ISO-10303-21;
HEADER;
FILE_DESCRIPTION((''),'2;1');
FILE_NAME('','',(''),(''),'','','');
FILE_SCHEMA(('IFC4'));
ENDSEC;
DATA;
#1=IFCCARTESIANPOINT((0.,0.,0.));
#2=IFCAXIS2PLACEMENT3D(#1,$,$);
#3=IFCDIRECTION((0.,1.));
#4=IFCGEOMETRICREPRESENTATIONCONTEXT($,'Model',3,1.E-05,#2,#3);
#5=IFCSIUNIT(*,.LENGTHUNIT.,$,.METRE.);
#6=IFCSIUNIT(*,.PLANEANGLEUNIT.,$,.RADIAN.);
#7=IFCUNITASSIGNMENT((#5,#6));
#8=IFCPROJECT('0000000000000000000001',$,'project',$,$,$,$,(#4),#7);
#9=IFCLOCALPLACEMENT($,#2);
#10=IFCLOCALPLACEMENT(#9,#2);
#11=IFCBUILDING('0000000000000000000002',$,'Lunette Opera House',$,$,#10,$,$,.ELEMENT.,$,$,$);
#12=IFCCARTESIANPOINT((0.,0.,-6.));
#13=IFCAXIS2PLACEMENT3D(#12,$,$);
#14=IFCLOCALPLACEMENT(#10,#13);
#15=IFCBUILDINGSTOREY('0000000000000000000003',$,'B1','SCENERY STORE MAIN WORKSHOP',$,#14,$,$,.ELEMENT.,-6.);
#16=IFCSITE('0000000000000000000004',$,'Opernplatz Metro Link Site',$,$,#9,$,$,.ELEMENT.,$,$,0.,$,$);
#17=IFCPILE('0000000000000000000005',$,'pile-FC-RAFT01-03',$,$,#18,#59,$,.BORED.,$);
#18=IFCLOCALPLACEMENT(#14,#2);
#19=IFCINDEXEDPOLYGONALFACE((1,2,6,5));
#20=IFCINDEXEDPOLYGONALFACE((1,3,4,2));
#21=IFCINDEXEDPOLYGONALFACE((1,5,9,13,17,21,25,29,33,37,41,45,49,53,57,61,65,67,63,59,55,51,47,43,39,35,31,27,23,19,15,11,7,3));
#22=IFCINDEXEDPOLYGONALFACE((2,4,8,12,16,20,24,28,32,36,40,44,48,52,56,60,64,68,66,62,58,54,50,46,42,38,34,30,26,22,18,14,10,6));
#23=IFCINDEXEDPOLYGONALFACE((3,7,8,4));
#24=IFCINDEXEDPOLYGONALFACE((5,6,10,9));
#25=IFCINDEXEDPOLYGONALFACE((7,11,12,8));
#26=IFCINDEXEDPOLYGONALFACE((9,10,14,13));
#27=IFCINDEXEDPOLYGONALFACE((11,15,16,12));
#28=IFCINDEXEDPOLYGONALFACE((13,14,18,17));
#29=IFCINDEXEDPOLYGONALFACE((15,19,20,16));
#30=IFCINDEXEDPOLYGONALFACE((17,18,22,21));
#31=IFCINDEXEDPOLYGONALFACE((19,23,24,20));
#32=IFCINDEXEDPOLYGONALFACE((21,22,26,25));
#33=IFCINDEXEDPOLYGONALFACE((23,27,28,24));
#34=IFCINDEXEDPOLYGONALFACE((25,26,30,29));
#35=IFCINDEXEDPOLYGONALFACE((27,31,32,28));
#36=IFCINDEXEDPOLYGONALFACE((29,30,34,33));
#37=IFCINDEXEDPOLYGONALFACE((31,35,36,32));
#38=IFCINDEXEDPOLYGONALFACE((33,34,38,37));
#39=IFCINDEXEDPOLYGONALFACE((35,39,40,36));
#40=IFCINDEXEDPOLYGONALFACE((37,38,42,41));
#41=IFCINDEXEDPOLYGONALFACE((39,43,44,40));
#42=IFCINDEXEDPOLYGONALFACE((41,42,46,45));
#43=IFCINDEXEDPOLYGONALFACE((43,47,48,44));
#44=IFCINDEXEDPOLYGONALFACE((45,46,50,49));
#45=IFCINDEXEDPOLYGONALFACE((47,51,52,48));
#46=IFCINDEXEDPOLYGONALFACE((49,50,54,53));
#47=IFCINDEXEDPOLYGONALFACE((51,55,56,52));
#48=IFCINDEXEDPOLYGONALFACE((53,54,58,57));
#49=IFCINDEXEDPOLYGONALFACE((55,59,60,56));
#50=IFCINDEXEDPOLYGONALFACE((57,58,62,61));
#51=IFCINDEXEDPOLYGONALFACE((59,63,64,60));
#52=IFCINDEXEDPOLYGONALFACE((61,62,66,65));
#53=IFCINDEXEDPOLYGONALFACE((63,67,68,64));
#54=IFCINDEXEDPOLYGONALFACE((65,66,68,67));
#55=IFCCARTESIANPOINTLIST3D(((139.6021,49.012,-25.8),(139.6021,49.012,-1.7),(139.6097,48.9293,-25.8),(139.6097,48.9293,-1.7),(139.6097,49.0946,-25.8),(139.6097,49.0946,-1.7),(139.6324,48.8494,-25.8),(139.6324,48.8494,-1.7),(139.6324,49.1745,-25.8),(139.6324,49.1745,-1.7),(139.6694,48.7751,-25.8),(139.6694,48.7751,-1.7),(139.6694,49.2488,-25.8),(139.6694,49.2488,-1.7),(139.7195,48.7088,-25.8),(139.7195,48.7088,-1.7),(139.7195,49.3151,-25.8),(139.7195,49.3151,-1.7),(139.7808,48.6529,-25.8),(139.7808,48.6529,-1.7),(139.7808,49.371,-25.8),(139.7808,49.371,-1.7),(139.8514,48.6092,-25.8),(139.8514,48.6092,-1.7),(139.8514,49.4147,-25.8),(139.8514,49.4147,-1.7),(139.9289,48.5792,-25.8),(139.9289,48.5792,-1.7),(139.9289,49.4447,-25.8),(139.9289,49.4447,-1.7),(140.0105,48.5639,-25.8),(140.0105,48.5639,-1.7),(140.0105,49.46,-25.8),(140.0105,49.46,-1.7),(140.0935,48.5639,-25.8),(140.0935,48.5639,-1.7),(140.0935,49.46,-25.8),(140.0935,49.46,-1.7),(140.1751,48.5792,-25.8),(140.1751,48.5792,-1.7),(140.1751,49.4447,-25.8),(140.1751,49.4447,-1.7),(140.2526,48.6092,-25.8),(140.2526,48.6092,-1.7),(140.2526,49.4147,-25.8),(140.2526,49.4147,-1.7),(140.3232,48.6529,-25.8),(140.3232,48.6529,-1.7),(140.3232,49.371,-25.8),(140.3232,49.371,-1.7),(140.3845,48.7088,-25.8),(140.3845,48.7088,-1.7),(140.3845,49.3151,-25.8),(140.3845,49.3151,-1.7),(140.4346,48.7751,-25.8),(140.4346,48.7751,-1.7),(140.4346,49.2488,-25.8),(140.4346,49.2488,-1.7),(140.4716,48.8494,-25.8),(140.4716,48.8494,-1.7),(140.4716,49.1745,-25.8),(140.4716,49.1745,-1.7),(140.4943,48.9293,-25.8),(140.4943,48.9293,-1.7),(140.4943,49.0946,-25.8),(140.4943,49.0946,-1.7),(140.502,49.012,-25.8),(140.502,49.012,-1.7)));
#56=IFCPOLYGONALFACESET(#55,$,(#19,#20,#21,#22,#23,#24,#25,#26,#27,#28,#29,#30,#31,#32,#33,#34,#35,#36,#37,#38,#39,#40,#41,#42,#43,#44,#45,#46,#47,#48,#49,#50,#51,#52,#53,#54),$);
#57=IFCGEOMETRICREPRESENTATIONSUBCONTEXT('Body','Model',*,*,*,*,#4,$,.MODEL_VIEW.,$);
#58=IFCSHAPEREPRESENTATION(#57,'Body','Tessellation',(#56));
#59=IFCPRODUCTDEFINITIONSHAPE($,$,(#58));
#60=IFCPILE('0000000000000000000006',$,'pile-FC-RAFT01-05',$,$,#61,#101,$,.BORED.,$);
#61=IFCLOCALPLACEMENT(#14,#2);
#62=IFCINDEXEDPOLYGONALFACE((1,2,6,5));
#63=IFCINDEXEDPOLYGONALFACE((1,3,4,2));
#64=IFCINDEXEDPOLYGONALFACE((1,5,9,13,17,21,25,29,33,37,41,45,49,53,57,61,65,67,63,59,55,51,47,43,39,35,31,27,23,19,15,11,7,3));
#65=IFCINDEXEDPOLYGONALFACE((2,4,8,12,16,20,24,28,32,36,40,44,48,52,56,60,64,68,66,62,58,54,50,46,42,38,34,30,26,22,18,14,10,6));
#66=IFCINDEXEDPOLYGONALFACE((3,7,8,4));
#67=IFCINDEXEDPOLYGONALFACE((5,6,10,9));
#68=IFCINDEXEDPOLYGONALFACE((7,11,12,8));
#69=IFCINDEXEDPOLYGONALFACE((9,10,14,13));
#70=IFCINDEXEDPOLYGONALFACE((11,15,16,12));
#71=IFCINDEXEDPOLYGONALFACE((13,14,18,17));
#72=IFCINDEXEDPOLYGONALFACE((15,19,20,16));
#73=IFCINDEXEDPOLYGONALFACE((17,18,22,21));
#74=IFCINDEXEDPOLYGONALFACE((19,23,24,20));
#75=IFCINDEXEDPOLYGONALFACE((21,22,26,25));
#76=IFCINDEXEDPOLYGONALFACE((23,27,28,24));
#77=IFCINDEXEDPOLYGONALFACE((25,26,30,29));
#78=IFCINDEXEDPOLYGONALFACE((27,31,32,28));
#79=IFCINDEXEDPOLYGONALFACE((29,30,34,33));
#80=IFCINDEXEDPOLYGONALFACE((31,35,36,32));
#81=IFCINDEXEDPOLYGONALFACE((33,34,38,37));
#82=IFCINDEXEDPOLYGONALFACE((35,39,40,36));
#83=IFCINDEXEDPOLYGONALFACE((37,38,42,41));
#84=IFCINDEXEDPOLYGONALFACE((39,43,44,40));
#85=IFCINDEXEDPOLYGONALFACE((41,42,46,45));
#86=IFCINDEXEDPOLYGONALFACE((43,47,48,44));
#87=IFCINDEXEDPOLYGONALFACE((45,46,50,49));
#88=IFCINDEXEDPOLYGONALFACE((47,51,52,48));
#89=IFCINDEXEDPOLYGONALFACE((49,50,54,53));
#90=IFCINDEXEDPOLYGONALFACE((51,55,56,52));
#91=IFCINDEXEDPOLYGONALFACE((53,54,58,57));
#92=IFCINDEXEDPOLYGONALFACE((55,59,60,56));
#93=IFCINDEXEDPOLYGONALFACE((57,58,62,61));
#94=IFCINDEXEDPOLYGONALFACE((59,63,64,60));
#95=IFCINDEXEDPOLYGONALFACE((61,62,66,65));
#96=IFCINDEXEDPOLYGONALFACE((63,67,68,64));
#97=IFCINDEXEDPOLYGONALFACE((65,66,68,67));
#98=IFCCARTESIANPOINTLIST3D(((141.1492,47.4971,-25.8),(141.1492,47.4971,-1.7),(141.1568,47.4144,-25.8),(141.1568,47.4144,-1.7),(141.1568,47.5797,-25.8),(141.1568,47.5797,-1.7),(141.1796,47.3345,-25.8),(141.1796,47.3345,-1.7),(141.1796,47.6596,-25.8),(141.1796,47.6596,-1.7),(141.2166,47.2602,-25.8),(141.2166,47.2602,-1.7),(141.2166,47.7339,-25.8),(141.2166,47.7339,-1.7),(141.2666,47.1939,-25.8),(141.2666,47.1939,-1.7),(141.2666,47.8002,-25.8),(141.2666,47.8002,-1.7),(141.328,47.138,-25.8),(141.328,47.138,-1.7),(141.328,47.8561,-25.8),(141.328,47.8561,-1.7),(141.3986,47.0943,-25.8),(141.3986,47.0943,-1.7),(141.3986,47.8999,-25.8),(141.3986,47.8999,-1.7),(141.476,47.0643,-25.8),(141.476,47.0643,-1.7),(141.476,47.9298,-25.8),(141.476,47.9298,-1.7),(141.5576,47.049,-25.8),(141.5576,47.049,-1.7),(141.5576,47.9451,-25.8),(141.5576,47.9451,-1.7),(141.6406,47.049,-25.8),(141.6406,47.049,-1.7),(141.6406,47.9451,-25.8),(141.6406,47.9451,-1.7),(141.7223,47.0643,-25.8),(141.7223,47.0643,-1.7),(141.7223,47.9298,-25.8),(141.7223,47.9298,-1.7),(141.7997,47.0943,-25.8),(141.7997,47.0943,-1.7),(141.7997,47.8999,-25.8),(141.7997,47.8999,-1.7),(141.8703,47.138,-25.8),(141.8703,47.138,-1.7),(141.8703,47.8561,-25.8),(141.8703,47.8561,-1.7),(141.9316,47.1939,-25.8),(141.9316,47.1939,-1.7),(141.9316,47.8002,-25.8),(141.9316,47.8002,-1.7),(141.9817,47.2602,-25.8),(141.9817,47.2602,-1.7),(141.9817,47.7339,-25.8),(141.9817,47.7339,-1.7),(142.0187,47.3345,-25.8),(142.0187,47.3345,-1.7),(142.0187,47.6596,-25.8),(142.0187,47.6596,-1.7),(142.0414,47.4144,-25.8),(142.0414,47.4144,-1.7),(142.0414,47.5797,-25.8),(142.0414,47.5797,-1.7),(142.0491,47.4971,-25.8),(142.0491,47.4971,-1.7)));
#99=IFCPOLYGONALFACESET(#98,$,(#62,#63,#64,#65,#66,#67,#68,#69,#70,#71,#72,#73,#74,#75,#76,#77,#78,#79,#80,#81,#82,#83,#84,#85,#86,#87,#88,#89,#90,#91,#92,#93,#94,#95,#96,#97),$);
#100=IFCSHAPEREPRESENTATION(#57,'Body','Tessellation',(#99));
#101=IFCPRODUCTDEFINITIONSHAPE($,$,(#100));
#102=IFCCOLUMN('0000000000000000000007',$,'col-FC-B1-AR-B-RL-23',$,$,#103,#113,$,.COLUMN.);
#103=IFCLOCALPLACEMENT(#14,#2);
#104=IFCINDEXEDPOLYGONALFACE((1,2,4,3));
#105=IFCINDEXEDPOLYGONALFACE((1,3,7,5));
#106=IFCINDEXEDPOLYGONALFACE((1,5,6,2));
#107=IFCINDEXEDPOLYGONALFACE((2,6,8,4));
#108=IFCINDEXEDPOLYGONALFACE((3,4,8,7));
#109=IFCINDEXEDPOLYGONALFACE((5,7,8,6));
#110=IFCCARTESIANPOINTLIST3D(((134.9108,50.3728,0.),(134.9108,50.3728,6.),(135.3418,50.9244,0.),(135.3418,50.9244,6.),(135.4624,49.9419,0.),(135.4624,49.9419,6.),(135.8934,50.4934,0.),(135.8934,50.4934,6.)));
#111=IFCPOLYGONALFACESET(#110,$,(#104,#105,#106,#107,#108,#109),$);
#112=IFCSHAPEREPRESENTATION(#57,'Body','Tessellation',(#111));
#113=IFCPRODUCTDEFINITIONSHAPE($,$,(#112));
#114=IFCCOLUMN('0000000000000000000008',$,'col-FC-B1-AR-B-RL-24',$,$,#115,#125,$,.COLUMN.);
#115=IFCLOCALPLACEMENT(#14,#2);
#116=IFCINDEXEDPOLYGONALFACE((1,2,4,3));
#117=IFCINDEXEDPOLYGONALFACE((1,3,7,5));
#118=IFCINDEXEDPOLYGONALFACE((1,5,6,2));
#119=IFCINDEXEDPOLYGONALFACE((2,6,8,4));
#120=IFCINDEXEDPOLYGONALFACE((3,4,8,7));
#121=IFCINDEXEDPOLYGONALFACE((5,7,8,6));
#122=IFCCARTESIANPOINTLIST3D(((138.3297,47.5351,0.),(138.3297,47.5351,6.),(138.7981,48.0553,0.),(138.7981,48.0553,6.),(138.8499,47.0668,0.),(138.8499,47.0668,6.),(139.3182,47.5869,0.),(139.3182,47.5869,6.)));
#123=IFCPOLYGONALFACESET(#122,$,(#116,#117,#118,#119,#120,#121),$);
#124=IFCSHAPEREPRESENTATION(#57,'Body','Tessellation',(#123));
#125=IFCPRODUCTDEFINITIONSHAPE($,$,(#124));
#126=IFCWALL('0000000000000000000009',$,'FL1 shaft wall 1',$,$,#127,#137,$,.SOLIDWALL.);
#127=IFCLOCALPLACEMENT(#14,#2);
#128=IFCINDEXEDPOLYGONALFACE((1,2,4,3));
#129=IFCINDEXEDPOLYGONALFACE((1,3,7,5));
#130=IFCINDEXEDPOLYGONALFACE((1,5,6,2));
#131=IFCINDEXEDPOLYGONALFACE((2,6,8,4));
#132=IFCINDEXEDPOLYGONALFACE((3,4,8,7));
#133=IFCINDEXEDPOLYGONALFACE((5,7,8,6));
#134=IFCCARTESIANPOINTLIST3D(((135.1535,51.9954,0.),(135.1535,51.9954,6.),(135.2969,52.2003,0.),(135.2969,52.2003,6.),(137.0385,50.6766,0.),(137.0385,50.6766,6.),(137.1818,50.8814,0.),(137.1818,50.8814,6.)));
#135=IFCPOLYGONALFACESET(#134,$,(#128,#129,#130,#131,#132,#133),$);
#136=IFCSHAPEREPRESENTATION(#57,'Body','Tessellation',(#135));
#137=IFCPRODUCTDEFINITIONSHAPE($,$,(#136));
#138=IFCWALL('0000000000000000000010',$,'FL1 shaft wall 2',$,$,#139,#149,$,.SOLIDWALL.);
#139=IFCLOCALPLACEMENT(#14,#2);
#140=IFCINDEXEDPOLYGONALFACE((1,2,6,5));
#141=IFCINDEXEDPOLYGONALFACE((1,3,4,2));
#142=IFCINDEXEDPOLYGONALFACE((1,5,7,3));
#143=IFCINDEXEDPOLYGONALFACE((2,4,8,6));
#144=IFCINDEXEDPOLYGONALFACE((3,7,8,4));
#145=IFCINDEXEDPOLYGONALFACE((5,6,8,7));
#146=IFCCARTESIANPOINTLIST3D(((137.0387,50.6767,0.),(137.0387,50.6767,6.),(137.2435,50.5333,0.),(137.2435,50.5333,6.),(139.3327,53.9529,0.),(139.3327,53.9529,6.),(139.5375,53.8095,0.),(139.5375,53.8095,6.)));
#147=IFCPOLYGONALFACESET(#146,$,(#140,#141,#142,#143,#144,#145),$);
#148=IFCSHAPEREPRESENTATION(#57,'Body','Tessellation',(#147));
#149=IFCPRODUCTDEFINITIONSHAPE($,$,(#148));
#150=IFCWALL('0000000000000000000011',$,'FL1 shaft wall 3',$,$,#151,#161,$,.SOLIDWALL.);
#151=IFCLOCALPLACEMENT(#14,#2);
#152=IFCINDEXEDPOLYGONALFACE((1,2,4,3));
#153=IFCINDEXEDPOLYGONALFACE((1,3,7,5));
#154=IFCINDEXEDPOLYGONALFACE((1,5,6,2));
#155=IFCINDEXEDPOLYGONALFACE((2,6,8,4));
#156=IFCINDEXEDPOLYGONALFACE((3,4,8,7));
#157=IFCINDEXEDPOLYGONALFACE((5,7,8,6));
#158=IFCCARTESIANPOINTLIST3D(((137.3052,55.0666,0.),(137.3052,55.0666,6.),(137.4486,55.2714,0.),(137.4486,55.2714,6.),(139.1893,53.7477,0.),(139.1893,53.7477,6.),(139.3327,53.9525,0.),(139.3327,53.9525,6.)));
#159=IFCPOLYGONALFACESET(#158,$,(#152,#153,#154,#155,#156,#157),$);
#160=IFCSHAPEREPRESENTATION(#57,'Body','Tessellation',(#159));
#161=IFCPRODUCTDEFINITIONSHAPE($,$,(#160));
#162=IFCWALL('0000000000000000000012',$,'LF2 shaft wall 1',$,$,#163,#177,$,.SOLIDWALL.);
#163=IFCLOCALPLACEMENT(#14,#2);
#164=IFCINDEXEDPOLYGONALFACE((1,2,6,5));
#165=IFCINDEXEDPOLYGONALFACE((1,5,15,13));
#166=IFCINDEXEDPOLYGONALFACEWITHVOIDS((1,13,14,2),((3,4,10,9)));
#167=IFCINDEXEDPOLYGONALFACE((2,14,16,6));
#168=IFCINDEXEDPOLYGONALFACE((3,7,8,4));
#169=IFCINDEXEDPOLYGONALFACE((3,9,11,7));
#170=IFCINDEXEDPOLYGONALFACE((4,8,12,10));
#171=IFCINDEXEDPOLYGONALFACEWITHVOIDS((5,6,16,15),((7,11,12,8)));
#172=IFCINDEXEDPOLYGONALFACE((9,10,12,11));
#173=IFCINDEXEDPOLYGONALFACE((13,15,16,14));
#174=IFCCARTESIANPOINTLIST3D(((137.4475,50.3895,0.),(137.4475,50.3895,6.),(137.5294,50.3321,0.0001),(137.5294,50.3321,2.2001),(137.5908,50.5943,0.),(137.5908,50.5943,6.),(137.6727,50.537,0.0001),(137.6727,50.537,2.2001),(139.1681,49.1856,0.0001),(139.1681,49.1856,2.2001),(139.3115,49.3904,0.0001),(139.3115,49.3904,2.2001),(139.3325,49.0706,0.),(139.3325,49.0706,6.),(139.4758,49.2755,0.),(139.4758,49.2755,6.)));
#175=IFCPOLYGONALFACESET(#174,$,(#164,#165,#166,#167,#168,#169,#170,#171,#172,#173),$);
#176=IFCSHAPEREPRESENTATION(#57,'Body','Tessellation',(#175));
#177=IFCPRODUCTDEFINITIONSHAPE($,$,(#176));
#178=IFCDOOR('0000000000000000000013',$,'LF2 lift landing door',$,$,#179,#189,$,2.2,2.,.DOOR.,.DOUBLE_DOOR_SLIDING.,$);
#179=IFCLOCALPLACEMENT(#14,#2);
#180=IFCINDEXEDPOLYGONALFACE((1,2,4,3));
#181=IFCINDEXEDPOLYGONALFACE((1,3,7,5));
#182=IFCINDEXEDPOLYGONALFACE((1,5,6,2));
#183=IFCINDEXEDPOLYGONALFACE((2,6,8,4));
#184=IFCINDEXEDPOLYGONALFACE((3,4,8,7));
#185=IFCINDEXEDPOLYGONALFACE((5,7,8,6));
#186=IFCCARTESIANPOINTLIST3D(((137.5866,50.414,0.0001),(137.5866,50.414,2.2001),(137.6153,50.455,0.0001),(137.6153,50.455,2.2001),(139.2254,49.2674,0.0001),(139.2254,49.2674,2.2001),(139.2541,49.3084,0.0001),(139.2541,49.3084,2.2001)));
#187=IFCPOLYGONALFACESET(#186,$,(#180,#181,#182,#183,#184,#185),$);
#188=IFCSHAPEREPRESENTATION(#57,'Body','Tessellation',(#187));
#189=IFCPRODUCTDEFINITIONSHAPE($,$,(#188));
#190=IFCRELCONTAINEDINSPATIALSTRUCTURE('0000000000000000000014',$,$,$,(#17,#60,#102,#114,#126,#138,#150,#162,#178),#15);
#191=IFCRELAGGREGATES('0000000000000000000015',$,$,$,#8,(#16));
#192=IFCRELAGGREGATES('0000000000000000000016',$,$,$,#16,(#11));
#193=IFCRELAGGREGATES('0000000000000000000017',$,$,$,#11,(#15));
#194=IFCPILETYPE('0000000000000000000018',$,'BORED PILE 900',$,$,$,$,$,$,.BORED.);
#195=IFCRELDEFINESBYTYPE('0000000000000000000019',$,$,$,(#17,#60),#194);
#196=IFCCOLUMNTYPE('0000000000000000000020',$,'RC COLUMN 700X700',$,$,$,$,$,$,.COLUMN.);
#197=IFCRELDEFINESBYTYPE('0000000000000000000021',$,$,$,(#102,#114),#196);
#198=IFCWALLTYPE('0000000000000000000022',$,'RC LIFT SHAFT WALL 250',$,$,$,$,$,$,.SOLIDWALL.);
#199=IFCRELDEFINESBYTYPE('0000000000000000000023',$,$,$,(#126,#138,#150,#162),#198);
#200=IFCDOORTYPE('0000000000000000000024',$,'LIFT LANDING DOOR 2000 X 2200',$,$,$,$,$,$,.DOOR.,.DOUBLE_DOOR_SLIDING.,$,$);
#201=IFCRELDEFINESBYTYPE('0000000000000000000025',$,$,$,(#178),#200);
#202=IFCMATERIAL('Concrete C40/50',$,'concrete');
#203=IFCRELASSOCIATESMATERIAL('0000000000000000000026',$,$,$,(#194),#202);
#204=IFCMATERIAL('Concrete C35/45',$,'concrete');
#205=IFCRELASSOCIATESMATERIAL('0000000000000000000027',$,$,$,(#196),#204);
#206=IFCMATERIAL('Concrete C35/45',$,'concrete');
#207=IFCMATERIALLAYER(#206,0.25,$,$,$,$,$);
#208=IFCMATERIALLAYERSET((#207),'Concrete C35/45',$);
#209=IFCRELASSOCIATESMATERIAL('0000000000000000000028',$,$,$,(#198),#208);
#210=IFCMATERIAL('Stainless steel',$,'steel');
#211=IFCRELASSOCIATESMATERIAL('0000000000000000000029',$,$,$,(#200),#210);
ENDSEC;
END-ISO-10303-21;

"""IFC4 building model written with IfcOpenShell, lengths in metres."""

from ifc_helpers import new_model, si_unit, direction, frame, frame_2d, origin, origin_2d, place, context, subcontext, project, spatial, rectangle, circle, extrude, material, layer, layer_set, material_profile, profile_set, type_object, element, fill, save


model = new_model("IFC4")

# Units and contexts
model_context = context("Model", 3, precision=1e-05, world=origin(), true_north=direction((0.0, 1.0)))
body_context = subcontext(model_context, "Body", "Model", "MODEL_VIEW")
ifc_project = project(units=[si_unit("LENGTHUNIT", "METRE"), si_unit("PLANEANGLEUNIT", "RADIAN")], contexts=[model_context])

# Site, building, storey
site_placement = place(None, origin())
site = spatial("IfcSite", under=ifc_project, at=site_placement, Name="Opernplatz Metro Link Site", CompositionType="ELEMENT", RefElevation=0.0)
building_placement = place(site_placement, origin())
building = spatial("IfcBuilding", under=site, at=building_placement, Name="Lunette Opera House", CompositionType="ELEMENT")
storey_placement = place(building_placement, frame((0.0, 0.0, -6.0)))
storey = spatial("IfcBuildingStorey", under=building, at=storey_placement, Name="B1", Description="SCENERY STORE MAIN WORKSHOP", CompositionType="ELEMENT", Elevation=-6.0)

# Piles
ifc_material_1 = material(Name="Concrete C40/50", Category="concrete")
ifc_material_profile_1 = material_profile(ifc_material_1, circle(Radius=0.45, at=origin_2d()), Name="BORED PILE 900")
ifc_profile_set_1 = profile_set([ifc_material_profile_1], Name="Concrete C40/50")
pile_type = type_object("IfcPileType", Name="BORED PILE 900", PredefinedType="BORED", material=ifc_profile_set_1)
for number, where, z_axis, x_axis, name in (
    (1, (140.052, 49.012, -1.7), (0.0, 0.0, -1.0), (1.0, 0.0, 0.0), "pile-FC-RAFT01-03"),
    (2, (141.5991, 47.4971, -1.7), (0.0, 0.0, -1.0), (1.0, 0.0, 0.0), "pile-FC-RAFT01-05"),
):
    element("IfcPile", number, at=place(storey_placement, frame(where, z_axis=z_axis, x_axis=x_axis)), inside=storey, type_object=pile_type, Name=name, PredefinedType="BORED", context=body_context, shape_type="SweptSolid", body=[
        extrude(circle(Radius=0.45, at=origin_2d()), origin(), (0.0, 0.0, 1.0), 24.1001),
    ])

# Columns
ifc_material_2 = material(Name="Concrete C35/45", Category="concrete")
ifc_material_profile_2 = material_profile(ifc_material_2, rectangle(XDim=0.7, YDim=0.7, at=origin_2d()), Name="RC COLUMN 700X700")
ifc_profile_set_2 = profile_set([ifc_material_profile_2], Name="Concrete C35/45")
column_type = type_object("IfcColumnType", Name="RC COLUMN 700X700", PredefinedType="COLUMN", material=ifc_profile_set_2)
for number, where, z_axis, x_axis, name in (
    (3, (135.4021, 50.4331, 0.0), (0.0, 0.0, 1.0), (0.788011, -0.615661, 0.0), "col-FC-B1-AR-B-RL-23"),
    (4, (138.824, 47.561, 0.0), (0.0, 0.0, 1.0), (0.743145, -0.669131, 0.0), "col-FC-B1-AR-B-RL-24"),
):
    element("IfcColumn", number, at=place(storey_placement, frame(where, z_axis=z_axis, x_axis=x_axis)), inside=storey, type_object=column_type, Name=name, PredefinedType="COLUMN", context=body_context, shape_type="SweptSolid", body=[
        extrude(rectangle(XDim=0.7, YDim=0.7, at=origin_2d()), origin(), (0.0, 0.0, 1.0), 6.0),
    ])

# Walls
ifc_material_3 = material(Name="Concrete C35/45", Category="concrete")
ifc_layer_1 = layer(ifc_material_3, 0.25)
ifc_layer_set_1 = layer_set([ifc_layer_1], Name="Concrete C35/45")
wall_type_1 = type_object("IfcWallType", Name="RC LIFT SHAFT WALL 250", PredefinedType="SOLIDWALL", material=ifc_layer_set_1)
wall_1_placement = place(storey_placement, frame((135.2251, 52.0979, 0.0), z_axis=(0.0, 0.0, 1.0), x_axis=(0.819367, -0.57327, 0.0)))
element("IfcWall", 5, at=wall_1_placement, inside=storey, type_object=wall_type_1, Name="FL1 shaft wall 1", PredefinedType="SOLIDWALL", context=body_context, shape_type="SweptSolid", body=[
    extrude(rectangle(XDim=2.3005, YDim=0.25, at=frame_2d((1.1504, 0.0))), origin(), (0.0, 0.0, 1.0), 6.0),
])
wall_2_placement = place(storey_placement, frame((137.1411, 50.605, 0.0), z_axis=(0.0, 0.0, 1.0), x_axis=(0.573573, 0.819154, 0.0)))
element("IfcWall", 6, at=wall_2_placement, inside=storey, type_object=wall_type_1, Name="FL1 shaft wall 2", PredefinedType="SOLIDWALL", context=body_context, shape_type="SweptSolid", body=[
    extrude(rectangle(XDim=3.9995, YDim=0.25, at=frame_2d((1.9998, 0.0))), origin(), (0.0, 0.0, 1.0), 6.0),
])
wall_3_placement = place(storey_placement, frame((139.261, 53.8501, 0.0), z_axis=(0.0, 0.0, 1.0), x_axis=(-0.819227, 0.573469, 0.0)))
element("IfcWall", 7, at=wall_3_placement, inside=storey, type_object=wall_type_1, Name="FL1 shaft wall 3", PredefinedType="SOLIDWALL", context=body_context, shape_type="SweptSolid", body=[
    extrude(rectangle(XDim=2.2998, YDim=0.25, at=frame_2d((1.1499, 0.0))), origin(), (0.0, 0.0, 1.0), 6.0),
])

# Wall, opening, door
wall_4_placement = place(storey_placement, frame((137.519, 50.4919, 0.0), z_axis=(0.0, 0.0, 1.0), x_axis=(0.819367, -0.57327, 0.0)))
wall_4 = element("IfcWall", 8, at=wall_4_placement, inside=storey, type_object=wall_type_1, Name="LF2 shaft wall 1", PredefinedType="SOLIDWALL", context=body_context, shape_type="SweptSolid", body=[
    extrude(rectangle(XDim=2.3005, YDim=0.25, at=frame_2d((1.1504, 0.0))), origin(), (0.0, 0.0, 1.0), 6.0),
])
opening_1_placement = place(wall_4_placement, frame((0.1001, 0.0, 0.0)))
opening_1 = element("IfcOpeningElement", 9, at=opening_1_placement, cuts=wall_4, PredefinedType="OPENING", context=body_context, shape_type="SweptSolid", body=[
    extrude(rectangle(XDim=2.0, YDim=2.2, at=frame_2d((1.0, 1.1001))), frame((0.0, 0.137, 0.0), z_axis=(0.0, -1.0, 0.0), x_axis=(1.0, 0.0, 0.0)), (0.0, 0.0, 1.0), 0.2739),
])
ifc_material_4 = material(Name="Stainless steel", Category="steel")
door_type_1 = type_object("IfcDoorType", Name="LIFT LANDING DOOR 2000 X 2200", OperationType="DOUBLE_DOOR_SLIDING", PredefinedType="DOOR", material=ifc_material_4)
door_1_placement = place(opening_1_placement, origin())
door_1 = element("IfcDoor", 10, at=door_1_placement, inside=storey, type_object=door_type_1, Name="LF2 lift landing door", OperationType="DOUBLE_DOOR_SLIDING", OverallHeight=2.2, OverallWidth=2.0, PredefinedType="DOOR", context=body_context, shape_type="SweptSolid", body=[
    extrude(rectangle(XDim=2.0, YDim=2.2, at=frame_2d((1.0, 1.1001))), frame((0.0, 0.0249, 0.0), z_axis=(0.0, -1.0, 0.0), x_axis=(1.0, 0.0, 0.0)), (0.0, 0.0, 1.0), 0.05),
])
fill(opening_1, door_1)

save(model, "model.ifc")
